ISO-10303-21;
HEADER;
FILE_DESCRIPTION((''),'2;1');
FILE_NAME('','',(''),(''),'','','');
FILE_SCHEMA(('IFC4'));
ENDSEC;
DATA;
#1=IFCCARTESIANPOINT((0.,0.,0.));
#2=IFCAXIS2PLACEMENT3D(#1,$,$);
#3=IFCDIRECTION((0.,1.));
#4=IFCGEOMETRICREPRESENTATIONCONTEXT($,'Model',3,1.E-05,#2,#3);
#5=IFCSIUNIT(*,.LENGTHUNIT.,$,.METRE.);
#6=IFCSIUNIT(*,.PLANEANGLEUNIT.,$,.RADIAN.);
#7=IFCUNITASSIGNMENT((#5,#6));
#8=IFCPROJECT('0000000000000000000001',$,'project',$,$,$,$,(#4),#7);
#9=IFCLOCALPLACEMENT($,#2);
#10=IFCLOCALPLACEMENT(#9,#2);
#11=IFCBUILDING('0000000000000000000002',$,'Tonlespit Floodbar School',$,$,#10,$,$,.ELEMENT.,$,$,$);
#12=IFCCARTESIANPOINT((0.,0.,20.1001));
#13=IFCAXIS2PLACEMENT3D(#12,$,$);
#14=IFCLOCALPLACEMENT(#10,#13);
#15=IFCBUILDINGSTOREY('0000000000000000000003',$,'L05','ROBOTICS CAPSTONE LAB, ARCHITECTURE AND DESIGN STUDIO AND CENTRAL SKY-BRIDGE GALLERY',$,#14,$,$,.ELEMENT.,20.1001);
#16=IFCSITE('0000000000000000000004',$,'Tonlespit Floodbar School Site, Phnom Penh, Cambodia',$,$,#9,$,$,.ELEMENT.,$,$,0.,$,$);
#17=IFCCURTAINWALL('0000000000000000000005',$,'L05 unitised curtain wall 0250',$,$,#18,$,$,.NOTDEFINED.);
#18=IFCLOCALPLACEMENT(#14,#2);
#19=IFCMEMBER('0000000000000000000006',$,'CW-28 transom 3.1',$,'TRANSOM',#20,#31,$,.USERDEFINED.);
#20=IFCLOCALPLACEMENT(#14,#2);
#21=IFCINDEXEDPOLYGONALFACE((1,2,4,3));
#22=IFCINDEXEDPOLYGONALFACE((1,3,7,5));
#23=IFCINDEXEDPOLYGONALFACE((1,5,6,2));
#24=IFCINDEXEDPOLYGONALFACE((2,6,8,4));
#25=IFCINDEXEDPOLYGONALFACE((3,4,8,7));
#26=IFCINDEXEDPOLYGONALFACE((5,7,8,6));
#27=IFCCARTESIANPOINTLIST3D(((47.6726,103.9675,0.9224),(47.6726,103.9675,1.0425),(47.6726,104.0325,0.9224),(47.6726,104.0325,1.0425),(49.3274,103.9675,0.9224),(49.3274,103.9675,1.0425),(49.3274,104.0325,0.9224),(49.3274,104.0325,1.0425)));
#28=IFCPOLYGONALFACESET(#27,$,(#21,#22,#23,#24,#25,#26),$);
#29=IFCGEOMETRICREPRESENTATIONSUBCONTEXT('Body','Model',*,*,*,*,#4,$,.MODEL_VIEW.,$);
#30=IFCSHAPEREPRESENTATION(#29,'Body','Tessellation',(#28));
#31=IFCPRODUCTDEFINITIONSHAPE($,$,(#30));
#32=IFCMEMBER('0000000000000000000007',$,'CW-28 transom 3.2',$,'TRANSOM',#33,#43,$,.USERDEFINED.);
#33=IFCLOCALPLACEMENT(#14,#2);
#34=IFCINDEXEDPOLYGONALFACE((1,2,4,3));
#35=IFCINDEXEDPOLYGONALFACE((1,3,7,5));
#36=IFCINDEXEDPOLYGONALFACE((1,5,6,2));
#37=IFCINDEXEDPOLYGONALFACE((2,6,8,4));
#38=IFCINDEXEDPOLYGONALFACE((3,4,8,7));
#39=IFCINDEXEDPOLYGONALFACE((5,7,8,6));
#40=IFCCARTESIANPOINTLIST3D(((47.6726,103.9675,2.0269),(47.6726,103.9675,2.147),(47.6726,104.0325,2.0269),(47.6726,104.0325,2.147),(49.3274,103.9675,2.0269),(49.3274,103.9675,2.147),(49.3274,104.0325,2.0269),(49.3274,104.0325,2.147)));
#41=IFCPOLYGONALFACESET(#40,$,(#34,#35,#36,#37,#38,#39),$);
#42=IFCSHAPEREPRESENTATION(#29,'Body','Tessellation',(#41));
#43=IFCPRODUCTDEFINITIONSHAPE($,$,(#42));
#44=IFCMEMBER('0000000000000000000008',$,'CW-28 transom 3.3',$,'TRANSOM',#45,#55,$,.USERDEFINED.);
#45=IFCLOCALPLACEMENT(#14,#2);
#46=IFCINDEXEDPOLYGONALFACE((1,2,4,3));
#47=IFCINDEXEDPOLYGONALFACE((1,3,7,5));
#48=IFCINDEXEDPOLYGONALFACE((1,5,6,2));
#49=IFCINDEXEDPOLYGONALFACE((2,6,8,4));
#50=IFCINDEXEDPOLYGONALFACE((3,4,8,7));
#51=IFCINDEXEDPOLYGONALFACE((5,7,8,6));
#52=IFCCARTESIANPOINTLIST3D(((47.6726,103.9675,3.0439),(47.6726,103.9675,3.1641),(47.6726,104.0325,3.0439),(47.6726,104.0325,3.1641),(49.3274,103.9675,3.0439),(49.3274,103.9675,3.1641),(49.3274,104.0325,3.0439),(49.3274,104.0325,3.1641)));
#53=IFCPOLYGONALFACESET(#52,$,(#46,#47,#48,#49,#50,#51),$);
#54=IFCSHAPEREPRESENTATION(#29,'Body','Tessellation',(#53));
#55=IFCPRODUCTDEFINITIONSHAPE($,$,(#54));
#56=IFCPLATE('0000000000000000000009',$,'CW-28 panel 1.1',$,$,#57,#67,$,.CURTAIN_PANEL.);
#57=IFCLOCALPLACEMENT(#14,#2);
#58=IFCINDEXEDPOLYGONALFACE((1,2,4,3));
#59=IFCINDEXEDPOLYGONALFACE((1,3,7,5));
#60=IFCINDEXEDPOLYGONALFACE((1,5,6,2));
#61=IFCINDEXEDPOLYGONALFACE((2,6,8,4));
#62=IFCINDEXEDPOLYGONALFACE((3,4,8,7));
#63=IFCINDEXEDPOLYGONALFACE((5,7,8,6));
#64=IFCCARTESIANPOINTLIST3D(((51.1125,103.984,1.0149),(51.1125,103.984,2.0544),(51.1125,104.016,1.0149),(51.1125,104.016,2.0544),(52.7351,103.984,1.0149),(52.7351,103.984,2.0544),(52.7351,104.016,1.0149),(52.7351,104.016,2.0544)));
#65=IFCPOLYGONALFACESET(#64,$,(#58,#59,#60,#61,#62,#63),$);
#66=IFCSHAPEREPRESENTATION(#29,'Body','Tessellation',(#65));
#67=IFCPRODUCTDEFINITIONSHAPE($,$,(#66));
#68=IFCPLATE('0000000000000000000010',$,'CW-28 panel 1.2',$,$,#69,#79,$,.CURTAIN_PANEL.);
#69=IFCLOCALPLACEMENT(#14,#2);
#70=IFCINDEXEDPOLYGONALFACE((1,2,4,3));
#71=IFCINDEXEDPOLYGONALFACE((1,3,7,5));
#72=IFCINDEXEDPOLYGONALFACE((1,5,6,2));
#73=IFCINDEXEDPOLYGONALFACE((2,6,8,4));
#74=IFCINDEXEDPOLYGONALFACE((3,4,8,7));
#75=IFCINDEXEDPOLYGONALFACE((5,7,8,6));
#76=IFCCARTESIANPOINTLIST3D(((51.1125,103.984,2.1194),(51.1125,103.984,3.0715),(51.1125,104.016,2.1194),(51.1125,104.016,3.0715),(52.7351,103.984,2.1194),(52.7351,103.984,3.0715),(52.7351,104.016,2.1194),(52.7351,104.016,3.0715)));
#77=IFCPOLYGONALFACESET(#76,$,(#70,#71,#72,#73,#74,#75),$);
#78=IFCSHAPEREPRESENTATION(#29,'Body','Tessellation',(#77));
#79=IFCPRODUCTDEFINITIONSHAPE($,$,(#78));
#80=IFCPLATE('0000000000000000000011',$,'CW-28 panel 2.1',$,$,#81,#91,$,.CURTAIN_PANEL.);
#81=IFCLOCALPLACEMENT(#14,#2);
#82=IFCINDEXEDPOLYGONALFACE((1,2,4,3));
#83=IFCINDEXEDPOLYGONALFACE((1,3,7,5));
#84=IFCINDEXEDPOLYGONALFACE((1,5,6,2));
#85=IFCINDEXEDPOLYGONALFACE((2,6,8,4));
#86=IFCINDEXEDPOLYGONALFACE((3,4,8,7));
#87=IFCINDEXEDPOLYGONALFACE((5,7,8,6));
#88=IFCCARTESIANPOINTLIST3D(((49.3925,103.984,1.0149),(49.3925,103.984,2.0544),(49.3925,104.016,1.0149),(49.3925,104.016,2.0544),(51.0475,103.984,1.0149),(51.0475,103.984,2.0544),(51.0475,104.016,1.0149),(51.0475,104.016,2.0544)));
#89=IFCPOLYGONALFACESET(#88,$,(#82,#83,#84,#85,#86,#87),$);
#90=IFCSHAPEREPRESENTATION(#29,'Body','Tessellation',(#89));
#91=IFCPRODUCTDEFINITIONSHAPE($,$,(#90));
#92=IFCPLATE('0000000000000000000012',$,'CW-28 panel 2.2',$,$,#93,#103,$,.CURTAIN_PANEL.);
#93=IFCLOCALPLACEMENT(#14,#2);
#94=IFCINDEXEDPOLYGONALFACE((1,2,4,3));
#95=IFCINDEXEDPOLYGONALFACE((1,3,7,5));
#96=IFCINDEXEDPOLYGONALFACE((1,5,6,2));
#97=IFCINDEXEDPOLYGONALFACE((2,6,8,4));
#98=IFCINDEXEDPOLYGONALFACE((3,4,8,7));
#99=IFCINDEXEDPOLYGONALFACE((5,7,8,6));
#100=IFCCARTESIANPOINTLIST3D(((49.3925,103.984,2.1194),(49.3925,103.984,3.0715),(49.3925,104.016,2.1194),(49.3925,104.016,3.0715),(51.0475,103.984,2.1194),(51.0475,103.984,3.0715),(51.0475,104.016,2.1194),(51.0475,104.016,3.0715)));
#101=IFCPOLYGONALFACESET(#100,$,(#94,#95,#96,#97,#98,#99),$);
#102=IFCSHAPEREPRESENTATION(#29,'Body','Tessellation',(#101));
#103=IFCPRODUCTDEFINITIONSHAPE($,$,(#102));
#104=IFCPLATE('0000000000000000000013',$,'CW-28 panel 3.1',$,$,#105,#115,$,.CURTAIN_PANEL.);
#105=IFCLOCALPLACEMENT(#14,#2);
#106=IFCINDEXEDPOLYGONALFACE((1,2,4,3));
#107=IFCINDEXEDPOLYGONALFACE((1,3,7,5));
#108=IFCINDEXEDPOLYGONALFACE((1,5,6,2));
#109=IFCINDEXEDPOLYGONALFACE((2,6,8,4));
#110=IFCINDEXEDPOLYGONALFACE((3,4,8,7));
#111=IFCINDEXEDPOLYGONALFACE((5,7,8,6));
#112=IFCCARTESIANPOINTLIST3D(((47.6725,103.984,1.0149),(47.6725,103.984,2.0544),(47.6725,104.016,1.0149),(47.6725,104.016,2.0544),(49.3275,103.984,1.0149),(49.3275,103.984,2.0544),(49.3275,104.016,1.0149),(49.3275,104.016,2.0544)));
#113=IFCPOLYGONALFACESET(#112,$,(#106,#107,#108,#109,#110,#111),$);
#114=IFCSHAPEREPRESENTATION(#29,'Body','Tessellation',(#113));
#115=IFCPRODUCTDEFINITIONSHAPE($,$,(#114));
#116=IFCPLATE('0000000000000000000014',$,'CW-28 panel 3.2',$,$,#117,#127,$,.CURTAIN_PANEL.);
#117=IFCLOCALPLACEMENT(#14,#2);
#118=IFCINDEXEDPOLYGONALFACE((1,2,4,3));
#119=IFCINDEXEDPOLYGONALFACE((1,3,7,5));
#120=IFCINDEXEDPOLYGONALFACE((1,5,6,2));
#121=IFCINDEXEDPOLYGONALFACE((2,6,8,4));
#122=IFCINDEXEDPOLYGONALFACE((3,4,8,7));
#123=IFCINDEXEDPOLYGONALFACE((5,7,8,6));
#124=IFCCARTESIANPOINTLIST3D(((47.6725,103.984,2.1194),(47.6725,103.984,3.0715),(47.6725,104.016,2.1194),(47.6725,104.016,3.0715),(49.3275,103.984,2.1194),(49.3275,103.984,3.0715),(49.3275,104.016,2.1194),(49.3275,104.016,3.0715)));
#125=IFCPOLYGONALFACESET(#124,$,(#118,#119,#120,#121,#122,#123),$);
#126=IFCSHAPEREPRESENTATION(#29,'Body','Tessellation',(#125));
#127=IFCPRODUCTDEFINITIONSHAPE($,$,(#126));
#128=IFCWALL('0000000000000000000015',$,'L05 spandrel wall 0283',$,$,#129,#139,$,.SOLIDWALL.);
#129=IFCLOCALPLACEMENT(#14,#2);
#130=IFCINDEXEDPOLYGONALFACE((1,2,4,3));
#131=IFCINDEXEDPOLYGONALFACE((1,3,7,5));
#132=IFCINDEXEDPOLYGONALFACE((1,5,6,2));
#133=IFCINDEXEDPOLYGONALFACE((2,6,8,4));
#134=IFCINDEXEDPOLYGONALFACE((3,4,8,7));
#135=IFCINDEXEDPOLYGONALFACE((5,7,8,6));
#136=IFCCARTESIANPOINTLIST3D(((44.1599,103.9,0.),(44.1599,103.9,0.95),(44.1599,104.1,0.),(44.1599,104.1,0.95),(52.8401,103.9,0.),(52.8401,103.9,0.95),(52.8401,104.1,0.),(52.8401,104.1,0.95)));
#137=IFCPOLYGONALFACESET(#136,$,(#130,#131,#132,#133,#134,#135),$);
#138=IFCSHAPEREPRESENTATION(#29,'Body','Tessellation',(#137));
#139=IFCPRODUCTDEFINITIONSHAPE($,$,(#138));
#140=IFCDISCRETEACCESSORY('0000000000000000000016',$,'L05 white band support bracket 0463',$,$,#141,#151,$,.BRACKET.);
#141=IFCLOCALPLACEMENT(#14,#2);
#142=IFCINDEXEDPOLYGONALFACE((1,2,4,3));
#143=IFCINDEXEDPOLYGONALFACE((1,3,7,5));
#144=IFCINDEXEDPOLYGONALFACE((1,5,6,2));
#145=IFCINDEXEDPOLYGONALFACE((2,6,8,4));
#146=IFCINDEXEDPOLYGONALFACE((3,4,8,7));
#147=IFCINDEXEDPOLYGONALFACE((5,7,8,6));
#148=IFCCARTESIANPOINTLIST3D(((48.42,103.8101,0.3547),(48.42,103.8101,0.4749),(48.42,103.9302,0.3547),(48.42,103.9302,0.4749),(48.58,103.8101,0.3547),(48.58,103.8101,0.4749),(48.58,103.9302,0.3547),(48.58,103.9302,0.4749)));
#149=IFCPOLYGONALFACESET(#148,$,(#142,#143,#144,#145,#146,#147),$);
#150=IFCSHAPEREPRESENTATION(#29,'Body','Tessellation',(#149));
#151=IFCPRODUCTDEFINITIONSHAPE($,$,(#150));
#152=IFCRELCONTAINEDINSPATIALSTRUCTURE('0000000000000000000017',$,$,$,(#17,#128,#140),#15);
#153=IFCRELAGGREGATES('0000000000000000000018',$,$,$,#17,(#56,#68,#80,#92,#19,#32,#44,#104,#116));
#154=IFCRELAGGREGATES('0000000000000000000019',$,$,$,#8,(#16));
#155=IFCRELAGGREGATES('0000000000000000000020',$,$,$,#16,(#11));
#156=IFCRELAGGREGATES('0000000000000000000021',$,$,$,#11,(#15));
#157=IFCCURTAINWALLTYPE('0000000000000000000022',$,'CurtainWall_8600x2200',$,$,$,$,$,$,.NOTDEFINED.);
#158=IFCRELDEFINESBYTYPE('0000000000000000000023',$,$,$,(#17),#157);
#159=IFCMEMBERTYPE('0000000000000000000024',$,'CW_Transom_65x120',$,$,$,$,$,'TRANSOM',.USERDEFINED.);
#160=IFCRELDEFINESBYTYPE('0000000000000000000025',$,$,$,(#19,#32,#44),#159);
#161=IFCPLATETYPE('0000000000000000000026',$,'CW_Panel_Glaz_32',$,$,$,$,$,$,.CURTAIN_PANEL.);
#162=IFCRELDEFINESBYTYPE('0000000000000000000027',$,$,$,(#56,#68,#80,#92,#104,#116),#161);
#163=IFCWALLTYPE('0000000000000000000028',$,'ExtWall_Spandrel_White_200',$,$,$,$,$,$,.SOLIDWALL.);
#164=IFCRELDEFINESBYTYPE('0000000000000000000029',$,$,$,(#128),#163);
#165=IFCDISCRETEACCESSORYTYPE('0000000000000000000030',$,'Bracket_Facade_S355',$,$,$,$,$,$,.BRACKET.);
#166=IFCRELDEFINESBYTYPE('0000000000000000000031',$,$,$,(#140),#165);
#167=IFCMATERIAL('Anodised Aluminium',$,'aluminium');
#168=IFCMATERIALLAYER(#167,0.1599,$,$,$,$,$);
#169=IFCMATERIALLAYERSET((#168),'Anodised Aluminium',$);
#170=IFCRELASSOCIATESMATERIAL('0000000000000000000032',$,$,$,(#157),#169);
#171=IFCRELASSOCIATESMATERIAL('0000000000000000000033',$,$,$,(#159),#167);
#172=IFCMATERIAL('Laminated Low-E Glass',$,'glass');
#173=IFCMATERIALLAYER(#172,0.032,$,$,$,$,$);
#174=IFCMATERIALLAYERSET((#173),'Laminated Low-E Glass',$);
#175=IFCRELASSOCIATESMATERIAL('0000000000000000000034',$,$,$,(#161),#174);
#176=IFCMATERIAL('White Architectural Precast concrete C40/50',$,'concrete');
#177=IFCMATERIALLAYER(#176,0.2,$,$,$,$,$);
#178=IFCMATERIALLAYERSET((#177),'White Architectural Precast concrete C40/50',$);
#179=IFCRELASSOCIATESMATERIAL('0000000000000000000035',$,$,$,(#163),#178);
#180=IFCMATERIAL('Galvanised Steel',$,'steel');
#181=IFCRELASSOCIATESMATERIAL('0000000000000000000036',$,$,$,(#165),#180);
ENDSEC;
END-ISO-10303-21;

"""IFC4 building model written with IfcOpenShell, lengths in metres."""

from ifc_helpers import new_model, si_unit, direction, frame, frame_2d, origin, origin_2d, place, context, subcontext, project, spatial, rectangle, extrude, material, layer, layer_set, material_profile, profile_set, type_object, element, aggregate, save


model = new_model("IFC4")

# Units and contexts
model_context = context("Model", 3, precision=1e-05, world=origin(), true_north=direction((0.0, 1.0)))
body_context = subcontext(model_context, "Body", "Model", "MODEL_VIEW")
ifc_project = project(units=[si_unit("LENGTHUNIT", "METRE"), si_unit("PLANEANGLEUNIT", "RADIAN")], contexts=[model_context])

# Site, building, storey
site_placement = place(None, origin())
site = spatial("IfcSite", under=ifc_project, at=site_placement, Name="Tonlespit Floodbar School Site, Phnom Penh, Cambodia", CompositionType="ELEMENT", RefElevation=0.0)
building_placement = place(site_placement, origin())
building = spatial("IfcBuilding", under=site, at=building_placement, Name="Tonlespit Floodbar School", CompositionType="ELEMENT")
storey_placement = place(building_placement, frame((0.0, 0.0, 20.1001)))
storey = spatial("IfcBuildingStorey", under=building, at=storey_placement, Name="L05", Description="ROBOTICS CAPSTONE LAB, ARCHITECTURE AND DESIGN STUDIO AND CENTRAL SKY-BRIDGE GALLERY", CompositionType="ELEMENT", Elevation=20.1001)

# Curtain wall, members, plates
ifc_material_1 = material(Name="Anodised Aluminium", Category="aluminium")
ifc_layer_1 = layer(ifc_material_1, 0.1599)
ifc_layer_set_1 = layer_set([ifc_layer_1], Name="Anodised Aluminium")
curtain_wall_type = type_object("IfcCurtainWallType", Name="CurtainWall_8600x2200", PredefinedType="NOTDEFINED", material=ifc_layer_set_1)
curtain_wall_placement = place(storey_placement, origin())
curtain_wall = element("IfcCurtainWall", 1, at=curtain_wall_placement, inside=storey, type_object=curtain_wall_type, Name="L05 unitised curtain wall 0250", PredefinedType="NOTDEFINED")
ifc_material_profile_1 = material_profile(ifc_material_1, rectangle(XDim=0.0649, YDim=0.1201, at=origin_2d()), Name="ALU T65x120")
ifc_profile_set_1 = profile_set([ifc_material_profile_1], Name="Anodised Aluminium")
member_type_1 = type_object("IfcMemberType", Name="CW_Transom_65x120", ElementType="TRANSOM", PredefinedType="USERDEFINED", material=ifc_profile_set_1)
member_1_placement = place(storey_placement, frame((49.3274, 104.0, 0.9824), z_axis=(-1.0, 0.0, 0.0), x_axis=(0.0, -1.0, 0.0)))
member_1 = element("IfcMember", 2, at=member_1_placement, type_object=member_type_1, Name="CW-28 transom 3.1", ObjectType="TRANSOM", PredefinedType="USERDEFINED", context=body_context, shape_type="SweptSolid", body=[
    extrude(rectangle(XDim=0.0649, YDim=0.1201, at=origin_2d()), origin(), (0.0, 0.0, 1.0), 1.6548),
])
member_2_placement = place(storey_placement, frame((49.3274, 104.0, 2.0869), z_axis=(-1.0, 0.0, 0.0), x_axis=(0.0, -1.0, 0.0)))
member_2 = element("IfcMember", 3, at=member_2_placement, type_object=member_type_1, Name="CW-28 transom 3.2", ObjectType="TRANSOM", PredefinedType="USERDEFINED", context=body_context, shape_type="SweptSolid", body=[
    extrude(rectangle(XDim=0.0649, YDim=0.1201, at=origin_2d()), origin(), (0.0, 0.0, 1.0), 1.6548),
])
member_3_placement = place(storey_placement, frame((49.3274, 104.0, 3.104), z_axis=(-1.0, 0.0, 0.0), x_axis=(0.0, -1.0, 0.0)))
member_3 = element("IfcMember", 4, at=member_3_placement, type_object=member_type_1, Name="CW-28 transom 3.3", ObjectType="TRANSOM", PredefinedType="USERDEFINED", context=body_context, shape_type="SweptSolid", body=[
    extrude(rectangle(XDim=0.0649, YDim=0.1201, at=origin_2d()), origin(), (0.0, 0.0, 1.0), 1.6548),
])
ifc_material_2 = material(Name="Laminated Low-E Glass", Category="glass")
ifc_layer_2 = layer(ifc_material_2, 0.032)
ifc_layer_set_2 = layer_set([ifc_layer_2], Name="Laminated Low-E Glass")
plate_type = type_object("IfcPlateType", Name="CW_Panel_Glaz_32", PredefinedType="CURTAIN_PANEL", material=ifc_layer_set_2)
plate_1_placement = place(storey_placement, frame((51.9238, 104.0, 1.0149), z_axis=(0.0, 0.0, 1.0), x_axis=(-1.0, 0.0, 0.0)))
plate_1 = element("IfcPlate", 5, at=plate_1_placement, type_object=plate_type, Name="CW-28 panel 1.1", PredefinedType="CURTAIN_PANEL", context=body_context, shape_type="SweptSolid", body=[
    extrude(rectangle(XDim=1.6226, YDim=0.032, at=origin_2d()), origin(), (0.0, 0.0, 1.0), 1.0396),
])
plate_2_placement = place(storey_placement, frame((51.9238, 104.0, 2.1194), z_axis=(0.0, 0.0, 1.0), x_axis=(-1.0, 0.0, 0.0)))
plate_2 = element("IfcPlate", 6, at=plate_2_placement, type_object=plate_type, Name="CW-28 panel 1.2", PredefinedType="CURTAIN_PANEL", context=body_context, shape_type="SweptSolid", body=[
    extrude(rectangle(XDim=1.6226, YDim=0.032, at=origin_2d()), origin(), (0.0, 0.0, 1.0), 0.9521),
])
plate_3_placement = place(storey_placement, frame((50.22, 104.0, 1.0149), z_axis=(0.0, 0.0, 1.0), x_axis=(-1.0, 0.0, 0.0)))
plate_3 = element("IfcPlate", 7, at=plate_3_placement, type_object=plate_type, Name="CW-28 panel 2.1", PredefinedType="CURTAIN_PANEL", context=body_context, shape_type="SweptSolid", body=[
    extrude(rectangle(XDim=1.655, YDim=0.032, at=origin_2d()), origin(), (0.0, 0.0, 1.0), 1.0396),
])
plate_4_placement = place(storey_placement, frame((50.22, 104.0, 2.1194), z_axis=(0.0, 0.0, 1.0), x_axis=(-1.0, 0.0, 0.0)))
plate_4 = element("IfcPlate", 8, at=plate_4_placement, type_object=plate_type, Name="CW-28 panel 2.2", PredefinedType="CURTAIN_PANEL", context=body_context, shape_type="SweptSolid", body=[
    extrude(rectangle(XDim=1.655, YDim=0.032, at=origin_2d()), origin(), (0.0, 0.0, 1.0), 0.9521),
])
plate_5_placement = place(storey_placement, frame((48.5, 104.0, 1.0149), z_axis=(0.0, 0.0, 1.0), x_axis=(-1.0, 0.0, 0.0)))
plate_5 = element("IfcPlate", 9, at=plate_5_placement, type_object=plate_type, Name="CW-28 panel 3.1", PredefinedType="CURTAIN_PANEL", context=body_context, shape_type="SweptSolid", body=[
    extrude(rectangle(XDim=1.655, YDim=0.032, at=origin_2d()), origin(), (0.0, 0.0, 1.0), 1.0396),
])
plate_6_placement = place(storey_placement, frame((48.5, 104.0, 2.1194), z_axis=(0.0, 0.0, 1.0), x_axis=(-1.0, 0.0, 0.0)))
plate_6 = element("IfcPlate", 10, at=plate_6_placement, type_object=plate_type, Name="CW-28 panel 3.2", PredefinedType="CURTAIN_PANEL", context=body_context, shape_type="SweptSolid", body=[
    extrude(rectangle(XDim=1.655, YDim=0.032, at=origin_2d()), origin(), (0.0, 0.0, 1.0), 0.9521),
])
aggregate(curtain_wall, [plate_1, plate_2, plate_3, plate_4, member_1, member_2, member_3, plate_5, plate_6])

# Wall
ifc_material_3 = material(Name="White Architectural Precast concrete C40/50", Category="concrete")
ifc_layer_3 = layer(ifc_material_3, 0.2)
ifc_layer_set_3 = layer_set([ifc_layer_3], Name="White Architectural Precast concrete C40/50")
wall_type = type_object("IfcWallType", Name="ExtWall_Spandrel_White_200", PredefinedType="SOLIDWALL", material=ifc_layer_set_3)
wall_placement = place(storey_placement, frame((52.8401, 104.0, 0.0), z_axis=(0.0, 0.0, 1.0), x_axis=(-1.0, 0.0, 0.0)))
element("IfcWall", 11, at=wall_placement, inside=storey, type_object=wall_type, Name="L05 spandrel wall 0283", PredefinedType="SOLIDWALL", context=body_context, shape_type="SweptSolid", body=[
    extrude(rectangle(XDim=8.6802, YDim=0.2, at=frame_2d((4.3401, 0.0))), origin(), (0.0, 0.0, 1.0), 0.95),
])

# Discrete accessory
ifc_material_4 = material(Name="Galvanised Steel", Category="steel")
discrete_accessory_type = type_object("IfcDiscreteAccessoryType", Name="Bracket_Facade_S355", PredefinedType="BRACKET", material=ifc_material_4)
discrete_accessory_placement = place(storey_placement, frame((48.5, 103.8701, 0.3547), z_axis=(0.0, 0.0, 1.0), x_axis=(-1.0, 0.0, 0.0)))
element("IfcDiscreteAccessory", 12, at=discrete_accessory_placement, inside=storey, type_object=discrete_accessory_type, Name="L05 white band support bracket 0463", PredefinedType="BRACKET", context=body_context, shape_type="SweptSolid", body=[
    extrude(rectangle(XDim=0.1599, YDim=0.1201, at=origin_2d()), origin(), (0.0, 0.0, 1.0), 0.1201),
])

save(model, "model.ifc")
